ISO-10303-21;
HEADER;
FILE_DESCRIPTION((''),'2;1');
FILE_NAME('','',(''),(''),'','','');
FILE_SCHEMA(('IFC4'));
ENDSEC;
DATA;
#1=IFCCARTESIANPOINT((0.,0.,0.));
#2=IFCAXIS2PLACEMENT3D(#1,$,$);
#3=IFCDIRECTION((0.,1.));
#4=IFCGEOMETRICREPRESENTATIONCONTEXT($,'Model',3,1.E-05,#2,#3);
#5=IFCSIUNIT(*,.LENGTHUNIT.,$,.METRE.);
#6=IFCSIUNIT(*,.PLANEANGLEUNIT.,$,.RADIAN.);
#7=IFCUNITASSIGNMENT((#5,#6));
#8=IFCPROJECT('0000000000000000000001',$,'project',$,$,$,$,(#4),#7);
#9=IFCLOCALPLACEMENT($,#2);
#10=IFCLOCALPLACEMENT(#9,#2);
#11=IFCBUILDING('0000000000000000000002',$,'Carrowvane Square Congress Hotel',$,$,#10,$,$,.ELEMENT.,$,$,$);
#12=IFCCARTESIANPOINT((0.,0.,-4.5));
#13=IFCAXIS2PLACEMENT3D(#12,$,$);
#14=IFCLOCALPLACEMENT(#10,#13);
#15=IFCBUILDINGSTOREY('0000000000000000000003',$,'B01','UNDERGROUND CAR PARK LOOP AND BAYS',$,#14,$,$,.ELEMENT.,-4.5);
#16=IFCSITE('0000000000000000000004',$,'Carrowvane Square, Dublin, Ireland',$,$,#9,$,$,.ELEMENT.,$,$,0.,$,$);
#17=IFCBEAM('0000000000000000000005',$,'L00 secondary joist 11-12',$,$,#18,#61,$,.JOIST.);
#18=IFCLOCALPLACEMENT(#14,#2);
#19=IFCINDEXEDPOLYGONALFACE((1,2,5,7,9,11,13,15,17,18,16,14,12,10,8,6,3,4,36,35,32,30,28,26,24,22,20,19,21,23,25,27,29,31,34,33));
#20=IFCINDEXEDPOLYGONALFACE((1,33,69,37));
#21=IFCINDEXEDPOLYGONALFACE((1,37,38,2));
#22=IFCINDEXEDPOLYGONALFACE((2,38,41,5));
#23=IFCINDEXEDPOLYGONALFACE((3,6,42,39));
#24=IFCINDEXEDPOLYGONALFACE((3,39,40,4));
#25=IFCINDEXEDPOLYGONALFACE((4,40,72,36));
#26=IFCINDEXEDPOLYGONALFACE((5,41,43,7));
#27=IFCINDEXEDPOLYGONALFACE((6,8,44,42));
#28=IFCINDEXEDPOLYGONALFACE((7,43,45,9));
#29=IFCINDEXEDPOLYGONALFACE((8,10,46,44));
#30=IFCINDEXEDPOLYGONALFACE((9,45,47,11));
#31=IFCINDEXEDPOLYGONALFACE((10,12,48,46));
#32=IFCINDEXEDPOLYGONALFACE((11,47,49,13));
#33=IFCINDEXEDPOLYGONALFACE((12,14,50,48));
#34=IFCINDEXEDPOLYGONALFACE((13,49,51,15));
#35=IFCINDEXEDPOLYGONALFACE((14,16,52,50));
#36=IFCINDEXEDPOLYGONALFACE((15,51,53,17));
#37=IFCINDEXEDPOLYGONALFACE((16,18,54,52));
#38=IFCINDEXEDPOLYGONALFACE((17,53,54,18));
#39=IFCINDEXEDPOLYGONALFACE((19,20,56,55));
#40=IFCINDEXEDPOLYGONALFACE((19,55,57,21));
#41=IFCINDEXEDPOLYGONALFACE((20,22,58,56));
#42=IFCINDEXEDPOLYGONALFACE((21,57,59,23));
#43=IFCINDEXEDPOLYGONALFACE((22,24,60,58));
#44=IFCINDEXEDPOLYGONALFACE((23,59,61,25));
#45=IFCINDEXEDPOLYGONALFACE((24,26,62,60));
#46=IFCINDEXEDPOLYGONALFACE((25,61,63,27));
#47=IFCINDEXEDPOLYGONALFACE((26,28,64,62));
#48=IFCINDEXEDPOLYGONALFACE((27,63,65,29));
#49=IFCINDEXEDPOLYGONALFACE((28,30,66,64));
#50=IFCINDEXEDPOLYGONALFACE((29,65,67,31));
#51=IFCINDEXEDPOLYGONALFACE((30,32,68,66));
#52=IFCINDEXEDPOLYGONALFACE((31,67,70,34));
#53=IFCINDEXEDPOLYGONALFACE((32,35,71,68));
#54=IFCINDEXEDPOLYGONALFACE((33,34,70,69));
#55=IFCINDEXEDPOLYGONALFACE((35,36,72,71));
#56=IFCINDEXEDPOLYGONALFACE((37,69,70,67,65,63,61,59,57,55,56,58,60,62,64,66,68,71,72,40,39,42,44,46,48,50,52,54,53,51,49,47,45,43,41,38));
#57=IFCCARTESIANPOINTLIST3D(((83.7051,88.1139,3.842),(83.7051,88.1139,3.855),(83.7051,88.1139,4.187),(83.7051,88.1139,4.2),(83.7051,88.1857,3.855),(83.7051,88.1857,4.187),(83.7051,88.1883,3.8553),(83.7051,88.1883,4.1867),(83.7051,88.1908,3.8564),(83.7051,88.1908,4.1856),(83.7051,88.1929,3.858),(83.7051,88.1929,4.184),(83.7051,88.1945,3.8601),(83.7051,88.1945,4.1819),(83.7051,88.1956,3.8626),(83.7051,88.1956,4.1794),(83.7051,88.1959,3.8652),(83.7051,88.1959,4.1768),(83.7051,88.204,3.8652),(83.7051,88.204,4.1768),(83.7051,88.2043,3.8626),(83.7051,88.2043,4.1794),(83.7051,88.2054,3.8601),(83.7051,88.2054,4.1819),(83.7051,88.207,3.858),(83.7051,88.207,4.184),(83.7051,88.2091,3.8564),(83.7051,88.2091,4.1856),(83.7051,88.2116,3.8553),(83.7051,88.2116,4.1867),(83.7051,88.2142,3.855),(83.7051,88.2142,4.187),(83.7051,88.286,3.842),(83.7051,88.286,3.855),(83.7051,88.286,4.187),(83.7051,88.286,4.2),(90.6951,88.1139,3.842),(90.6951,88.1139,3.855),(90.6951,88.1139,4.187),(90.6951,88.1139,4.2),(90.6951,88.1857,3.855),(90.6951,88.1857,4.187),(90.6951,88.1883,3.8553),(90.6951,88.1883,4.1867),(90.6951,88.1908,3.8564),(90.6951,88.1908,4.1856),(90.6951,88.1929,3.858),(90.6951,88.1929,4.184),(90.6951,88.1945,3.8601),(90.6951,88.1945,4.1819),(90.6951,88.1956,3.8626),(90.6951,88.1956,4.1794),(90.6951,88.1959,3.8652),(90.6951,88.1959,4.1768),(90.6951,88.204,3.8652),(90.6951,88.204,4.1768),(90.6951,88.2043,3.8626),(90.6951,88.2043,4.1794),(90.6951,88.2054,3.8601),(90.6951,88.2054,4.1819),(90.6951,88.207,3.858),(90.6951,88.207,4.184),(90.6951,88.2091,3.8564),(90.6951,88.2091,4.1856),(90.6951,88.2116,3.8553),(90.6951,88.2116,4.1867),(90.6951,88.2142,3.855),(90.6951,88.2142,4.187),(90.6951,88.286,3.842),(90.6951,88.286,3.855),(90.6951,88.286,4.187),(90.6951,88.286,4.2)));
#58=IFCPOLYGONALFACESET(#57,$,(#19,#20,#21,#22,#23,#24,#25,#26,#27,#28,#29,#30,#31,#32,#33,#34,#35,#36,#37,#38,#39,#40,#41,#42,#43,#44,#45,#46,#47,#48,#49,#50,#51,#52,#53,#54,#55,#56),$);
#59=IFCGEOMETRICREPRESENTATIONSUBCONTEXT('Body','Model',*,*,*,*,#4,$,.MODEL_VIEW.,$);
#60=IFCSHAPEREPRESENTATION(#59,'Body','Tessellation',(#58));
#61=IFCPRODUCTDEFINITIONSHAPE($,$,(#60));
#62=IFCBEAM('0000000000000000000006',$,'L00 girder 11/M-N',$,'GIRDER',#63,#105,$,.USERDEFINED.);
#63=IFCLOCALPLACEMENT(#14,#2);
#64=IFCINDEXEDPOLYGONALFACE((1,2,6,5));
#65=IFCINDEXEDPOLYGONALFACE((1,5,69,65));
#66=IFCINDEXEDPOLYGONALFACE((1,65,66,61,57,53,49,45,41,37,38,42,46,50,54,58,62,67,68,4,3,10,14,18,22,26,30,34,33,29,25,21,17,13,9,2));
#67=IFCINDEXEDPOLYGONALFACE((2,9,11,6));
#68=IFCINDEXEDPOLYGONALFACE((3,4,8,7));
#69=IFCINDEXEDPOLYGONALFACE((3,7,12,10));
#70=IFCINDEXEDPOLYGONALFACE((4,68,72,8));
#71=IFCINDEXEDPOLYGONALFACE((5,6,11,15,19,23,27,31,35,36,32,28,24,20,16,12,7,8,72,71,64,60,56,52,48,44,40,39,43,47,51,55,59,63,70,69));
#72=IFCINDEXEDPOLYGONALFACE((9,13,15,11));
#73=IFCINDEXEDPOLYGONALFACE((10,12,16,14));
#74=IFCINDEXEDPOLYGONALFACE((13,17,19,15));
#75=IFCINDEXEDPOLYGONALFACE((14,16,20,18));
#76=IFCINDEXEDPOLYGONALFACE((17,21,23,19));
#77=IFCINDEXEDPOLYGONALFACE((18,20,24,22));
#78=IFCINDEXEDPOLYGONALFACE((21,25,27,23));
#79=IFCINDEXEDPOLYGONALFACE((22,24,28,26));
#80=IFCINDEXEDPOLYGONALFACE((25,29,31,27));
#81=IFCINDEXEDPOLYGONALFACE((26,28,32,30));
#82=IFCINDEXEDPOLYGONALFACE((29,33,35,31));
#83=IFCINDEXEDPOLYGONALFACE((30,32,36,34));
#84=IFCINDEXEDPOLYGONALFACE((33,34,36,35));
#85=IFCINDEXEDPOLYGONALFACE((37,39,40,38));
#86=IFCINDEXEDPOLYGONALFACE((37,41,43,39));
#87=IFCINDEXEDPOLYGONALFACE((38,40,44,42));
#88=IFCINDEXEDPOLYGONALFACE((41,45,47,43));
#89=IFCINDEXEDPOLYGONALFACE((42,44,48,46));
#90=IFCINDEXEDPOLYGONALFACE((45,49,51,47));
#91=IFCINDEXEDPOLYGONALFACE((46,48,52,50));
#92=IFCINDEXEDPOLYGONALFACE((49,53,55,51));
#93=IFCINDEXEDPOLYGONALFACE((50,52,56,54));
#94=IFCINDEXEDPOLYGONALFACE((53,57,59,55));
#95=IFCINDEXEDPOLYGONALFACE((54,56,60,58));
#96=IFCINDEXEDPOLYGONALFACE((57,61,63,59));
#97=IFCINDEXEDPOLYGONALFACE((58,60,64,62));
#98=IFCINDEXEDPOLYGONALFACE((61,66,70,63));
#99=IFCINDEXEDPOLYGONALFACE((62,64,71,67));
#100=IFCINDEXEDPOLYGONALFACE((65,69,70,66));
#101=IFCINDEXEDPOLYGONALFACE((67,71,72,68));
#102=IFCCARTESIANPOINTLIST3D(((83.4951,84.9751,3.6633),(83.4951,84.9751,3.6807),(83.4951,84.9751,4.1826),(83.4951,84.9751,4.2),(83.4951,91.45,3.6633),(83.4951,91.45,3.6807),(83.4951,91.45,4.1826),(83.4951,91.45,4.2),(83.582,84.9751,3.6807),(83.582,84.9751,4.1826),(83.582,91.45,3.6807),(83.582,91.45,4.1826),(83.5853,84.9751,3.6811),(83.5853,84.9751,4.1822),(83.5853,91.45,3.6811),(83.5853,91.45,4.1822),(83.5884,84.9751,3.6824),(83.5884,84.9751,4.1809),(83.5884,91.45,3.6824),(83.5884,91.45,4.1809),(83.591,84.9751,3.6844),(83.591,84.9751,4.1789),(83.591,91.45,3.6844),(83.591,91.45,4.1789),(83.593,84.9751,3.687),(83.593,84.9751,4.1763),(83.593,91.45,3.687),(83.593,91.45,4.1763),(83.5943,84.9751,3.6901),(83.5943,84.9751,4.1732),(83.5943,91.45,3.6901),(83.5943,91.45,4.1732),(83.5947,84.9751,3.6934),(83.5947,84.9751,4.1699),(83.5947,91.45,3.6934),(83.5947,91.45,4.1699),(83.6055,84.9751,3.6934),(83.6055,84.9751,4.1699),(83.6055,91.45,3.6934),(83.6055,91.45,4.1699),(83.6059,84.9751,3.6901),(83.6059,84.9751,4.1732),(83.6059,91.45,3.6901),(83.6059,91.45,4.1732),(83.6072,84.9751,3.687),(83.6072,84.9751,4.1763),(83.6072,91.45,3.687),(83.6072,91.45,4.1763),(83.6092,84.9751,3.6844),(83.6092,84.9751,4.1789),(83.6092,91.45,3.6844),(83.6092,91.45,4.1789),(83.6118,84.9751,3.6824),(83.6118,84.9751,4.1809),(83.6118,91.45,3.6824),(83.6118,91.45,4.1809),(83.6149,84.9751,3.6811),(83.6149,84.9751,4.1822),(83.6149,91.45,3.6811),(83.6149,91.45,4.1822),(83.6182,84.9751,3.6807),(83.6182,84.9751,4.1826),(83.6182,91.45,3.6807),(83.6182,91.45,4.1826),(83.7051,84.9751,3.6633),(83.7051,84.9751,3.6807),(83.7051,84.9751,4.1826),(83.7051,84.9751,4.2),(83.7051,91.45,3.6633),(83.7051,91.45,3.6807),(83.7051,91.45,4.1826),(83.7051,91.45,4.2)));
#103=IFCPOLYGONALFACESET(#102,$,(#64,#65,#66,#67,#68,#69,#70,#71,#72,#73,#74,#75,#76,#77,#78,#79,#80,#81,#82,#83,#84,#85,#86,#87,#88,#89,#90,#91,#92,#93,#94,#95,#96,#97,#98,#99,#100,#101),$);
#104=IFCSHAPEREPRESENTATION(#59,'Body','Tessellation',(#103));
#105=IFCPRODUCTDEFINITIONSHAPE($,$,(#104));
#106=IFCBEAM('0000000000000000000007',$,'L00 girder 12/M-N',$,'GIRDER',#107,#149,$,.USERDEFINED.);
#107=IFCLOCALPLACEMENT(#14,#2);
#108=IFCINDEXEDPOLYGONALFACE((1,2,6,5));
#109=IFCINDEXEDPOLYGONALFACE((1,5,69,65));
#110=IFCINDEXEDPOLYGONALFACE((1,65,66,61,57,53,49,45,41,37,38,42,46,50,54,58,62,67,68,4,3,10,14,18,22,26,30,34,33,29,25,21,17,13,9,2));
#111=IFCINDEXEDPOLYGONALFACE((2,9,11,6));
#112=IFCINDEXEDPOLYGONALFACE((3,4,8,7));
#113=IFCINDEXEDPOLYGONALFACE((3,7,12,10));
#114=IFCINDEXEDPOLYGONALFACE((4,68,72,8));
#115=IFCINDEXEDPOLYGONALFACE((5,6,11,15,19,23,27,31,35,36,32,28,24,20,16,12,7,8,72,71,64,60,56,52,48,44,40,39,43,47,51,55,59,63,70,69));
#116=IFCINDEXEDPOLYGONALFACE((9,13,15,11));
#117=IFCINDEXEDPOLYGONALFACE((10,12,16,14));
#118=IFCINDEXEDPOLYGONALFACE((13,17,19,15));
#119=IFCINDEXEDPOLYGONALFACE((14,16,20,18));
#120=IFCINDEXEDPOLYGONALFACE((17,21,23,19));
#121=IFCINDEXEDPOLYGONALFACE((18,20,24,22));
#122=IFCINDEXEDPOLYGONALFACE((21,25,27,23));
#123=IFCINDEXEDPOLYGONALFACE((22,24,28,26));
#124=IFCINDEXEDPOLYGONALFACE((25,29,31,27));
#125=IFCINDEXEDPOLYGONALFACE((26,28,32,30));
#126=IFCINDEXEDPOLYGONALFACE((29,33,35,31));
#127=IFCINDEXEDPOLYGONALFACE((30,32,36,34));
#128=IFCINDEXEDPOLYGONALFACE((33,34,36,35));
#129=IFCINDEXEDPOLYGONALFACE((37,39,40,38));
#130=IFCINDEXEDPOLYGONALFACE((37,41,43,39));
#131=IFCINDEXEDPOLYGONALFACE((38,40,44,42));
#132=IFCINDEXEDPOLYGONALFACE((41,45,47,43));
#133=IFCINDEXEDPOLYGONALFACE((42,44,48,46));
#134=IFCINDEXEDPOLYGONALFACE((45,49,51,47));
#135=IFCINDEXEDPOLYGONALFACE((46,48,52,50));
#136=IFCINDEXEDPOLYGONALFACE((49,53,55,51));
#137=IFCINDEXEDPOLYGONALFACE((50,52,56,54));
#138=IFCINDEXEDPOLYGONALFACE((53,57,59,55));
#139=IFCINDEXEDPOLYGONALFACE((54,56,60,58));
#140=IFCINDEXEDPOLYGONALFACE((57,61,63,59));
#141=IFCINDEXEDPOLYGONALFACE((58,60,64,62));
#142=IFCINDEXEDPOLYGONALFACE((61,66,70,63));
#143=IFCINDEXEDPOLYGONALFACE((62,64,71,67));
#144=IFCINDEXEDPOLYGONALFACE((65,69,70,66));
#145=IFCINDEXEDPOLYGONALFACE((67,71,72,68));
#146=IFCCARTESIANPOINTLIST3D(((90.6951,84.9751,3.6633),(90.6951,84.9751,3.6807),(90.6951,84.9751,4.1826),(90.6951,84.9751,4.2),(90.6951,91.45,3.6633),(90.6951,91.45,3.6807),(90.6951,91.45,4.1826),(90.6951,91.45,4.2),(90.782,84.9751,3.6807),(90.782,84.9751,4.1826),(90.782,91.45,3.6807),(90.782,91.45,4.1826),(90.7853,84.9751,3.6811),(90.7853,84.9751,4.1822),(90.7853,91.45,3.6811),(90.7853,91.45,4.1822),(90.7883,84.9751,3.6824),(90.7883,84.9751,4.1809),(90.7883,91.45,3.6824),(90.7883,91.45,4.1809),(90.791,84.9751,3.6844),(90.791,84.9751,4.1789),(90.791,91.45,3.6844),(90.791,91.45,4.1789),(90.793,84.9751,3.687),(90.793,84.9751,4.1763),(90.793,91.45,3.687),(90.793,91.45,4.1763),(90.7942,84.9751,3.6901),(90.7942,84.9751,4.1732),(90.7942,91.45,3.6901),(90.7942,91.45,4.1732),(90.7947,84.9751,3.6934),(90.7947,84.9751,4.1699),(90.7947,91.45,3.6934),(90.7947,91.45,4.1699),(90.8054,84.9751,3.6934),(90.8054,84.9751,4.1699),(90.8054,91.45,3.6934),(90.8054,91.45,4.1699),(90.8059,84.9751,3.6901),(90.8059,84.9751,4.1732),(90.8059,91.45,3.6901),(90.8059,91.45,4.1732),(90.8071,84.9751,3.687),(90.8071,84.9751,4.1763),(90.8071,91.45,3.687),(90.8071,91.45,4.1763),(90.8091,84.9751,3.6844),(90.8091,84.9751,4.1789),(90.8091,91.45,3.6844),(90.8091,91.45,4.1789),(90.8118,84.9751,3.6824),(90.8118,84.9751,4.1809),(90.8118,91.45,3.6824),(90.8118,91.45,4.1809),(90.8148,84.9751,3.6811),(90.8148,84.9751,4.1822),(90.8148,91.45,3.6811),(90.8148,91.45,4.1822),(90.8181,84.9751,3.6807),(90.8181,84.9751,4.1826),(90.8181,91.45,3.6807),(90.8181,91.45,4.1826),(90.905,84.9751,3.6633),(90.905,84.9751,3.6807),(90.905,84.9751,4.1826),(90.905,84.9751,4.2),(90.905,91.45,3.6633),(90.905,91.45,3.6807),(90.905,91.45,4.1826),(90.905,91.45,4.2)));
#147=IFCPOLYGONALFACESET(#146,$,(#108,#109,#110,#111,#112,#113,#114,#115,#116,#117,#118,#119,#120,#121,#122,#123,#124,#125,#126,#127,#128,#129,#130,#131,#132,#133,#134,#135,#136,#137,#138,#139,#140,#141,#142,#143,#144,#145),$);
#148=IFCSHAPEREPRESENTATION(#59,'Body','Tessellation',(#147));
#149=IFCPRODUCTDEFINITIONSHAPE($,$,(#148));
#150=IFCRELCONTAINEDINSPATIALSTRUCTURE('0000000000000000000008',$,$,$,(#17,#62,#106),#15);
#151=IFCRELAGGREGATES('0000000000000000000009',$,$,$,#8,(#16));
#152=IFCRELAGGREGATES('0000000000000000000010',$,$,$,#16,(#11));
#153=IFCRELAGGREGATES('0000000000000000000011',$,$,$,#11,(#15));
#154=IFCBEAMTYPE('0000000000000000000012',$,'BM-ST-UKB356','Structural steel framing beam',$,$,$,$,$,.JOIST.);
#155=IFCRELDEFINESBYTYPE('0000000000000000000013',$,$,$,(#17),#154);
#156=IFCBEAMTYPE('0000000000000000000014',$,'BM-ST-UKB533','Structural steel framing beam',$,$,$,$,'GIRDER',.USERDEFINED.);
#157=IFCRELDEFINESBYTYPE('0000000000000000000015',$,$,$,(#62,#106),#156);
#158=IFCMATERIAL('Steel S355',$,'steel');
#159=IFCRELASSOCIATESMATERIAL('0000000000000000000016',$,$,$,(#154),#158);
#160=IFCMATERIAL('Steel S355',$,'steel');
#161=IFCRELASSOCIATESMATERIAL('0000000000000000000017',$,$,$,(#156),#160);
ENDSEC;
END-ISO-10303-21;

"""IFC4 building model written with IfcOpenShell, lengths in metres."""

from ifc_helpers import new_model, si_unit, direction, frame, origin, origin_2d, place, context, subcontext, project, spatial, i_section, extrude, material, material_profile, profile_set, type_object, element, save


model = new_model("IFC4")

# Units and contexts
model_context = context("Model", 3, precision=1e-05, world=origin(), true_north=direction((0.0, 1.0)))
body_context = subcontext(model_context, "Body", "Model", "MODEL_VIEW")
ifc_project = project(units=[si_unit("LENGTHUNIT", "METRE"), si_unit("PLANEANGLEUNIT", "RADIAN")], contexts=[model_context])

# Site, building, storey
site_placement = place(None, origin())
site = spatial("IfcSite", under=ifc_project, at=site_placement, Name="Carrowvane Square, Dublin, Ireland", CompositionType="ELEMENT", RefElevation=0.0)
building_placement = place(site_placement, origin())
building = spatial("IfcBuilding", under=site, at=building_placement, Name="Carrowvane Square Congress Hotel", CompositionType="ELEMENT")
storey_placement = place(building_placement, frame((0.0, 0.0, -4.5)))
storey = spatial("IfcBuildingStorey", under=building, at=storey_placement, Name="B01", Description="UNDERGROUND CAR PARK LOOP AND BAYS", CompositionType="ELEMENT", Elevation=-4.5)

# Beams
ifc_material_1 = material(Name="Steel S355", Category="steel")
ifc_material_profile_1 = material_profile(ifc_material_1, i_section(OverallWidth=0.1721, OverallDepth=0.3579, WebThickness=0.0081, FlangeThickness=0.0129, FilletRadius=0.0103, at=origin_2d()), Name="UKB 356x171x57")
ifc_profile_set_1 = profile_set([ifc_material_profile_1], Name="Steel S355")
beam_type_1 = type_object("IfcBeamType", Name="BM-ST-UKB356", Description="Structural steel framing beam", PredefinedType="JOIST", material=ifc_profile_set_1)
for number, where, z_axis, x_axis, name in (
    (1, (83.7051, 88.2, 4.021), (1.0, 0.0, 0.0), (0.0, 1.0, 0.0), "L00 secondary joist 11-12"),
):
    element("IfcBeam", number, at=place(storey_placement, frame(where, z_axis=z_axis, x_axis=x_axis)), inside=storey, type_object=beam_type_1, Name=name, PredefinedType="JOIST", context=body_context, shape_type="SweptSolid", body=[
        extrude(i_section(OverallWidth=0.1721, OverallDepth=0.3579, WebThickness=0.0081, FlangeThickness=0.0129, FilletRadius=0.0103, at=origin_2d()), origin(), (0.0, 0.0, 1.0), 6.99),
    ])
ifc_material_2 = material(Name="Steel S355", Category="steel")
ifc_material_profile_2 = material_profile(ifc_material_2, i_section(OverallWidth=0.21, OverallDepth=0.5366, WebThickness=0.0107, FlangeThickness=0.0173, FilletRadius=0.0127, at=origin_2d()), Name="UKB 533x210x101")
ifc_profile_set_2 = profile_set([ifc_material_profile_2], Name="Steel S355")
beam_type_2 = type_object("IfcBeamType", Name="BM-ST-UKB533", Description="Structural steel framing beam", ElementType="GIRDER", PredefinedType="USERDEFINED", material=ifc_profile_set_2)
for number, where, z_axis, x_axis, name in (
    (2, (83.6001, 84.9751, 3.9316), (0.0, 1.0, 0.0), (-1.0, 0.0, 0.0), "L00 girder 11/M-N"),
    (3, (90.8, 84.9751, 3.9316), (0.0, 1.0, 0.0), (-1.0, 0.0, 0.0), "L00 girder 12/M-N"),
):
    element("IfcBeam", number, at=place(storey_placement, frame(where, z_axis=z_axis, x_axis=x_axis)), inside=storey, type_object=beam_type_2, Name=name, ObjectType="GIRDER", PredefinedType="USERDEFINED", context=body_context, shape_type="SweptSolid", body=[
        extrude(i_section(OverallWidth=0.21, OverallDepth=0.5366, WebThickness=0.0107, FlangeThickness=0.0173, FilletRadius=0.0127, at=origin_2d()), origin(), (0.0, 0.0, 1.0), 6.4749),
    ])

save(model, "model.ifc")
